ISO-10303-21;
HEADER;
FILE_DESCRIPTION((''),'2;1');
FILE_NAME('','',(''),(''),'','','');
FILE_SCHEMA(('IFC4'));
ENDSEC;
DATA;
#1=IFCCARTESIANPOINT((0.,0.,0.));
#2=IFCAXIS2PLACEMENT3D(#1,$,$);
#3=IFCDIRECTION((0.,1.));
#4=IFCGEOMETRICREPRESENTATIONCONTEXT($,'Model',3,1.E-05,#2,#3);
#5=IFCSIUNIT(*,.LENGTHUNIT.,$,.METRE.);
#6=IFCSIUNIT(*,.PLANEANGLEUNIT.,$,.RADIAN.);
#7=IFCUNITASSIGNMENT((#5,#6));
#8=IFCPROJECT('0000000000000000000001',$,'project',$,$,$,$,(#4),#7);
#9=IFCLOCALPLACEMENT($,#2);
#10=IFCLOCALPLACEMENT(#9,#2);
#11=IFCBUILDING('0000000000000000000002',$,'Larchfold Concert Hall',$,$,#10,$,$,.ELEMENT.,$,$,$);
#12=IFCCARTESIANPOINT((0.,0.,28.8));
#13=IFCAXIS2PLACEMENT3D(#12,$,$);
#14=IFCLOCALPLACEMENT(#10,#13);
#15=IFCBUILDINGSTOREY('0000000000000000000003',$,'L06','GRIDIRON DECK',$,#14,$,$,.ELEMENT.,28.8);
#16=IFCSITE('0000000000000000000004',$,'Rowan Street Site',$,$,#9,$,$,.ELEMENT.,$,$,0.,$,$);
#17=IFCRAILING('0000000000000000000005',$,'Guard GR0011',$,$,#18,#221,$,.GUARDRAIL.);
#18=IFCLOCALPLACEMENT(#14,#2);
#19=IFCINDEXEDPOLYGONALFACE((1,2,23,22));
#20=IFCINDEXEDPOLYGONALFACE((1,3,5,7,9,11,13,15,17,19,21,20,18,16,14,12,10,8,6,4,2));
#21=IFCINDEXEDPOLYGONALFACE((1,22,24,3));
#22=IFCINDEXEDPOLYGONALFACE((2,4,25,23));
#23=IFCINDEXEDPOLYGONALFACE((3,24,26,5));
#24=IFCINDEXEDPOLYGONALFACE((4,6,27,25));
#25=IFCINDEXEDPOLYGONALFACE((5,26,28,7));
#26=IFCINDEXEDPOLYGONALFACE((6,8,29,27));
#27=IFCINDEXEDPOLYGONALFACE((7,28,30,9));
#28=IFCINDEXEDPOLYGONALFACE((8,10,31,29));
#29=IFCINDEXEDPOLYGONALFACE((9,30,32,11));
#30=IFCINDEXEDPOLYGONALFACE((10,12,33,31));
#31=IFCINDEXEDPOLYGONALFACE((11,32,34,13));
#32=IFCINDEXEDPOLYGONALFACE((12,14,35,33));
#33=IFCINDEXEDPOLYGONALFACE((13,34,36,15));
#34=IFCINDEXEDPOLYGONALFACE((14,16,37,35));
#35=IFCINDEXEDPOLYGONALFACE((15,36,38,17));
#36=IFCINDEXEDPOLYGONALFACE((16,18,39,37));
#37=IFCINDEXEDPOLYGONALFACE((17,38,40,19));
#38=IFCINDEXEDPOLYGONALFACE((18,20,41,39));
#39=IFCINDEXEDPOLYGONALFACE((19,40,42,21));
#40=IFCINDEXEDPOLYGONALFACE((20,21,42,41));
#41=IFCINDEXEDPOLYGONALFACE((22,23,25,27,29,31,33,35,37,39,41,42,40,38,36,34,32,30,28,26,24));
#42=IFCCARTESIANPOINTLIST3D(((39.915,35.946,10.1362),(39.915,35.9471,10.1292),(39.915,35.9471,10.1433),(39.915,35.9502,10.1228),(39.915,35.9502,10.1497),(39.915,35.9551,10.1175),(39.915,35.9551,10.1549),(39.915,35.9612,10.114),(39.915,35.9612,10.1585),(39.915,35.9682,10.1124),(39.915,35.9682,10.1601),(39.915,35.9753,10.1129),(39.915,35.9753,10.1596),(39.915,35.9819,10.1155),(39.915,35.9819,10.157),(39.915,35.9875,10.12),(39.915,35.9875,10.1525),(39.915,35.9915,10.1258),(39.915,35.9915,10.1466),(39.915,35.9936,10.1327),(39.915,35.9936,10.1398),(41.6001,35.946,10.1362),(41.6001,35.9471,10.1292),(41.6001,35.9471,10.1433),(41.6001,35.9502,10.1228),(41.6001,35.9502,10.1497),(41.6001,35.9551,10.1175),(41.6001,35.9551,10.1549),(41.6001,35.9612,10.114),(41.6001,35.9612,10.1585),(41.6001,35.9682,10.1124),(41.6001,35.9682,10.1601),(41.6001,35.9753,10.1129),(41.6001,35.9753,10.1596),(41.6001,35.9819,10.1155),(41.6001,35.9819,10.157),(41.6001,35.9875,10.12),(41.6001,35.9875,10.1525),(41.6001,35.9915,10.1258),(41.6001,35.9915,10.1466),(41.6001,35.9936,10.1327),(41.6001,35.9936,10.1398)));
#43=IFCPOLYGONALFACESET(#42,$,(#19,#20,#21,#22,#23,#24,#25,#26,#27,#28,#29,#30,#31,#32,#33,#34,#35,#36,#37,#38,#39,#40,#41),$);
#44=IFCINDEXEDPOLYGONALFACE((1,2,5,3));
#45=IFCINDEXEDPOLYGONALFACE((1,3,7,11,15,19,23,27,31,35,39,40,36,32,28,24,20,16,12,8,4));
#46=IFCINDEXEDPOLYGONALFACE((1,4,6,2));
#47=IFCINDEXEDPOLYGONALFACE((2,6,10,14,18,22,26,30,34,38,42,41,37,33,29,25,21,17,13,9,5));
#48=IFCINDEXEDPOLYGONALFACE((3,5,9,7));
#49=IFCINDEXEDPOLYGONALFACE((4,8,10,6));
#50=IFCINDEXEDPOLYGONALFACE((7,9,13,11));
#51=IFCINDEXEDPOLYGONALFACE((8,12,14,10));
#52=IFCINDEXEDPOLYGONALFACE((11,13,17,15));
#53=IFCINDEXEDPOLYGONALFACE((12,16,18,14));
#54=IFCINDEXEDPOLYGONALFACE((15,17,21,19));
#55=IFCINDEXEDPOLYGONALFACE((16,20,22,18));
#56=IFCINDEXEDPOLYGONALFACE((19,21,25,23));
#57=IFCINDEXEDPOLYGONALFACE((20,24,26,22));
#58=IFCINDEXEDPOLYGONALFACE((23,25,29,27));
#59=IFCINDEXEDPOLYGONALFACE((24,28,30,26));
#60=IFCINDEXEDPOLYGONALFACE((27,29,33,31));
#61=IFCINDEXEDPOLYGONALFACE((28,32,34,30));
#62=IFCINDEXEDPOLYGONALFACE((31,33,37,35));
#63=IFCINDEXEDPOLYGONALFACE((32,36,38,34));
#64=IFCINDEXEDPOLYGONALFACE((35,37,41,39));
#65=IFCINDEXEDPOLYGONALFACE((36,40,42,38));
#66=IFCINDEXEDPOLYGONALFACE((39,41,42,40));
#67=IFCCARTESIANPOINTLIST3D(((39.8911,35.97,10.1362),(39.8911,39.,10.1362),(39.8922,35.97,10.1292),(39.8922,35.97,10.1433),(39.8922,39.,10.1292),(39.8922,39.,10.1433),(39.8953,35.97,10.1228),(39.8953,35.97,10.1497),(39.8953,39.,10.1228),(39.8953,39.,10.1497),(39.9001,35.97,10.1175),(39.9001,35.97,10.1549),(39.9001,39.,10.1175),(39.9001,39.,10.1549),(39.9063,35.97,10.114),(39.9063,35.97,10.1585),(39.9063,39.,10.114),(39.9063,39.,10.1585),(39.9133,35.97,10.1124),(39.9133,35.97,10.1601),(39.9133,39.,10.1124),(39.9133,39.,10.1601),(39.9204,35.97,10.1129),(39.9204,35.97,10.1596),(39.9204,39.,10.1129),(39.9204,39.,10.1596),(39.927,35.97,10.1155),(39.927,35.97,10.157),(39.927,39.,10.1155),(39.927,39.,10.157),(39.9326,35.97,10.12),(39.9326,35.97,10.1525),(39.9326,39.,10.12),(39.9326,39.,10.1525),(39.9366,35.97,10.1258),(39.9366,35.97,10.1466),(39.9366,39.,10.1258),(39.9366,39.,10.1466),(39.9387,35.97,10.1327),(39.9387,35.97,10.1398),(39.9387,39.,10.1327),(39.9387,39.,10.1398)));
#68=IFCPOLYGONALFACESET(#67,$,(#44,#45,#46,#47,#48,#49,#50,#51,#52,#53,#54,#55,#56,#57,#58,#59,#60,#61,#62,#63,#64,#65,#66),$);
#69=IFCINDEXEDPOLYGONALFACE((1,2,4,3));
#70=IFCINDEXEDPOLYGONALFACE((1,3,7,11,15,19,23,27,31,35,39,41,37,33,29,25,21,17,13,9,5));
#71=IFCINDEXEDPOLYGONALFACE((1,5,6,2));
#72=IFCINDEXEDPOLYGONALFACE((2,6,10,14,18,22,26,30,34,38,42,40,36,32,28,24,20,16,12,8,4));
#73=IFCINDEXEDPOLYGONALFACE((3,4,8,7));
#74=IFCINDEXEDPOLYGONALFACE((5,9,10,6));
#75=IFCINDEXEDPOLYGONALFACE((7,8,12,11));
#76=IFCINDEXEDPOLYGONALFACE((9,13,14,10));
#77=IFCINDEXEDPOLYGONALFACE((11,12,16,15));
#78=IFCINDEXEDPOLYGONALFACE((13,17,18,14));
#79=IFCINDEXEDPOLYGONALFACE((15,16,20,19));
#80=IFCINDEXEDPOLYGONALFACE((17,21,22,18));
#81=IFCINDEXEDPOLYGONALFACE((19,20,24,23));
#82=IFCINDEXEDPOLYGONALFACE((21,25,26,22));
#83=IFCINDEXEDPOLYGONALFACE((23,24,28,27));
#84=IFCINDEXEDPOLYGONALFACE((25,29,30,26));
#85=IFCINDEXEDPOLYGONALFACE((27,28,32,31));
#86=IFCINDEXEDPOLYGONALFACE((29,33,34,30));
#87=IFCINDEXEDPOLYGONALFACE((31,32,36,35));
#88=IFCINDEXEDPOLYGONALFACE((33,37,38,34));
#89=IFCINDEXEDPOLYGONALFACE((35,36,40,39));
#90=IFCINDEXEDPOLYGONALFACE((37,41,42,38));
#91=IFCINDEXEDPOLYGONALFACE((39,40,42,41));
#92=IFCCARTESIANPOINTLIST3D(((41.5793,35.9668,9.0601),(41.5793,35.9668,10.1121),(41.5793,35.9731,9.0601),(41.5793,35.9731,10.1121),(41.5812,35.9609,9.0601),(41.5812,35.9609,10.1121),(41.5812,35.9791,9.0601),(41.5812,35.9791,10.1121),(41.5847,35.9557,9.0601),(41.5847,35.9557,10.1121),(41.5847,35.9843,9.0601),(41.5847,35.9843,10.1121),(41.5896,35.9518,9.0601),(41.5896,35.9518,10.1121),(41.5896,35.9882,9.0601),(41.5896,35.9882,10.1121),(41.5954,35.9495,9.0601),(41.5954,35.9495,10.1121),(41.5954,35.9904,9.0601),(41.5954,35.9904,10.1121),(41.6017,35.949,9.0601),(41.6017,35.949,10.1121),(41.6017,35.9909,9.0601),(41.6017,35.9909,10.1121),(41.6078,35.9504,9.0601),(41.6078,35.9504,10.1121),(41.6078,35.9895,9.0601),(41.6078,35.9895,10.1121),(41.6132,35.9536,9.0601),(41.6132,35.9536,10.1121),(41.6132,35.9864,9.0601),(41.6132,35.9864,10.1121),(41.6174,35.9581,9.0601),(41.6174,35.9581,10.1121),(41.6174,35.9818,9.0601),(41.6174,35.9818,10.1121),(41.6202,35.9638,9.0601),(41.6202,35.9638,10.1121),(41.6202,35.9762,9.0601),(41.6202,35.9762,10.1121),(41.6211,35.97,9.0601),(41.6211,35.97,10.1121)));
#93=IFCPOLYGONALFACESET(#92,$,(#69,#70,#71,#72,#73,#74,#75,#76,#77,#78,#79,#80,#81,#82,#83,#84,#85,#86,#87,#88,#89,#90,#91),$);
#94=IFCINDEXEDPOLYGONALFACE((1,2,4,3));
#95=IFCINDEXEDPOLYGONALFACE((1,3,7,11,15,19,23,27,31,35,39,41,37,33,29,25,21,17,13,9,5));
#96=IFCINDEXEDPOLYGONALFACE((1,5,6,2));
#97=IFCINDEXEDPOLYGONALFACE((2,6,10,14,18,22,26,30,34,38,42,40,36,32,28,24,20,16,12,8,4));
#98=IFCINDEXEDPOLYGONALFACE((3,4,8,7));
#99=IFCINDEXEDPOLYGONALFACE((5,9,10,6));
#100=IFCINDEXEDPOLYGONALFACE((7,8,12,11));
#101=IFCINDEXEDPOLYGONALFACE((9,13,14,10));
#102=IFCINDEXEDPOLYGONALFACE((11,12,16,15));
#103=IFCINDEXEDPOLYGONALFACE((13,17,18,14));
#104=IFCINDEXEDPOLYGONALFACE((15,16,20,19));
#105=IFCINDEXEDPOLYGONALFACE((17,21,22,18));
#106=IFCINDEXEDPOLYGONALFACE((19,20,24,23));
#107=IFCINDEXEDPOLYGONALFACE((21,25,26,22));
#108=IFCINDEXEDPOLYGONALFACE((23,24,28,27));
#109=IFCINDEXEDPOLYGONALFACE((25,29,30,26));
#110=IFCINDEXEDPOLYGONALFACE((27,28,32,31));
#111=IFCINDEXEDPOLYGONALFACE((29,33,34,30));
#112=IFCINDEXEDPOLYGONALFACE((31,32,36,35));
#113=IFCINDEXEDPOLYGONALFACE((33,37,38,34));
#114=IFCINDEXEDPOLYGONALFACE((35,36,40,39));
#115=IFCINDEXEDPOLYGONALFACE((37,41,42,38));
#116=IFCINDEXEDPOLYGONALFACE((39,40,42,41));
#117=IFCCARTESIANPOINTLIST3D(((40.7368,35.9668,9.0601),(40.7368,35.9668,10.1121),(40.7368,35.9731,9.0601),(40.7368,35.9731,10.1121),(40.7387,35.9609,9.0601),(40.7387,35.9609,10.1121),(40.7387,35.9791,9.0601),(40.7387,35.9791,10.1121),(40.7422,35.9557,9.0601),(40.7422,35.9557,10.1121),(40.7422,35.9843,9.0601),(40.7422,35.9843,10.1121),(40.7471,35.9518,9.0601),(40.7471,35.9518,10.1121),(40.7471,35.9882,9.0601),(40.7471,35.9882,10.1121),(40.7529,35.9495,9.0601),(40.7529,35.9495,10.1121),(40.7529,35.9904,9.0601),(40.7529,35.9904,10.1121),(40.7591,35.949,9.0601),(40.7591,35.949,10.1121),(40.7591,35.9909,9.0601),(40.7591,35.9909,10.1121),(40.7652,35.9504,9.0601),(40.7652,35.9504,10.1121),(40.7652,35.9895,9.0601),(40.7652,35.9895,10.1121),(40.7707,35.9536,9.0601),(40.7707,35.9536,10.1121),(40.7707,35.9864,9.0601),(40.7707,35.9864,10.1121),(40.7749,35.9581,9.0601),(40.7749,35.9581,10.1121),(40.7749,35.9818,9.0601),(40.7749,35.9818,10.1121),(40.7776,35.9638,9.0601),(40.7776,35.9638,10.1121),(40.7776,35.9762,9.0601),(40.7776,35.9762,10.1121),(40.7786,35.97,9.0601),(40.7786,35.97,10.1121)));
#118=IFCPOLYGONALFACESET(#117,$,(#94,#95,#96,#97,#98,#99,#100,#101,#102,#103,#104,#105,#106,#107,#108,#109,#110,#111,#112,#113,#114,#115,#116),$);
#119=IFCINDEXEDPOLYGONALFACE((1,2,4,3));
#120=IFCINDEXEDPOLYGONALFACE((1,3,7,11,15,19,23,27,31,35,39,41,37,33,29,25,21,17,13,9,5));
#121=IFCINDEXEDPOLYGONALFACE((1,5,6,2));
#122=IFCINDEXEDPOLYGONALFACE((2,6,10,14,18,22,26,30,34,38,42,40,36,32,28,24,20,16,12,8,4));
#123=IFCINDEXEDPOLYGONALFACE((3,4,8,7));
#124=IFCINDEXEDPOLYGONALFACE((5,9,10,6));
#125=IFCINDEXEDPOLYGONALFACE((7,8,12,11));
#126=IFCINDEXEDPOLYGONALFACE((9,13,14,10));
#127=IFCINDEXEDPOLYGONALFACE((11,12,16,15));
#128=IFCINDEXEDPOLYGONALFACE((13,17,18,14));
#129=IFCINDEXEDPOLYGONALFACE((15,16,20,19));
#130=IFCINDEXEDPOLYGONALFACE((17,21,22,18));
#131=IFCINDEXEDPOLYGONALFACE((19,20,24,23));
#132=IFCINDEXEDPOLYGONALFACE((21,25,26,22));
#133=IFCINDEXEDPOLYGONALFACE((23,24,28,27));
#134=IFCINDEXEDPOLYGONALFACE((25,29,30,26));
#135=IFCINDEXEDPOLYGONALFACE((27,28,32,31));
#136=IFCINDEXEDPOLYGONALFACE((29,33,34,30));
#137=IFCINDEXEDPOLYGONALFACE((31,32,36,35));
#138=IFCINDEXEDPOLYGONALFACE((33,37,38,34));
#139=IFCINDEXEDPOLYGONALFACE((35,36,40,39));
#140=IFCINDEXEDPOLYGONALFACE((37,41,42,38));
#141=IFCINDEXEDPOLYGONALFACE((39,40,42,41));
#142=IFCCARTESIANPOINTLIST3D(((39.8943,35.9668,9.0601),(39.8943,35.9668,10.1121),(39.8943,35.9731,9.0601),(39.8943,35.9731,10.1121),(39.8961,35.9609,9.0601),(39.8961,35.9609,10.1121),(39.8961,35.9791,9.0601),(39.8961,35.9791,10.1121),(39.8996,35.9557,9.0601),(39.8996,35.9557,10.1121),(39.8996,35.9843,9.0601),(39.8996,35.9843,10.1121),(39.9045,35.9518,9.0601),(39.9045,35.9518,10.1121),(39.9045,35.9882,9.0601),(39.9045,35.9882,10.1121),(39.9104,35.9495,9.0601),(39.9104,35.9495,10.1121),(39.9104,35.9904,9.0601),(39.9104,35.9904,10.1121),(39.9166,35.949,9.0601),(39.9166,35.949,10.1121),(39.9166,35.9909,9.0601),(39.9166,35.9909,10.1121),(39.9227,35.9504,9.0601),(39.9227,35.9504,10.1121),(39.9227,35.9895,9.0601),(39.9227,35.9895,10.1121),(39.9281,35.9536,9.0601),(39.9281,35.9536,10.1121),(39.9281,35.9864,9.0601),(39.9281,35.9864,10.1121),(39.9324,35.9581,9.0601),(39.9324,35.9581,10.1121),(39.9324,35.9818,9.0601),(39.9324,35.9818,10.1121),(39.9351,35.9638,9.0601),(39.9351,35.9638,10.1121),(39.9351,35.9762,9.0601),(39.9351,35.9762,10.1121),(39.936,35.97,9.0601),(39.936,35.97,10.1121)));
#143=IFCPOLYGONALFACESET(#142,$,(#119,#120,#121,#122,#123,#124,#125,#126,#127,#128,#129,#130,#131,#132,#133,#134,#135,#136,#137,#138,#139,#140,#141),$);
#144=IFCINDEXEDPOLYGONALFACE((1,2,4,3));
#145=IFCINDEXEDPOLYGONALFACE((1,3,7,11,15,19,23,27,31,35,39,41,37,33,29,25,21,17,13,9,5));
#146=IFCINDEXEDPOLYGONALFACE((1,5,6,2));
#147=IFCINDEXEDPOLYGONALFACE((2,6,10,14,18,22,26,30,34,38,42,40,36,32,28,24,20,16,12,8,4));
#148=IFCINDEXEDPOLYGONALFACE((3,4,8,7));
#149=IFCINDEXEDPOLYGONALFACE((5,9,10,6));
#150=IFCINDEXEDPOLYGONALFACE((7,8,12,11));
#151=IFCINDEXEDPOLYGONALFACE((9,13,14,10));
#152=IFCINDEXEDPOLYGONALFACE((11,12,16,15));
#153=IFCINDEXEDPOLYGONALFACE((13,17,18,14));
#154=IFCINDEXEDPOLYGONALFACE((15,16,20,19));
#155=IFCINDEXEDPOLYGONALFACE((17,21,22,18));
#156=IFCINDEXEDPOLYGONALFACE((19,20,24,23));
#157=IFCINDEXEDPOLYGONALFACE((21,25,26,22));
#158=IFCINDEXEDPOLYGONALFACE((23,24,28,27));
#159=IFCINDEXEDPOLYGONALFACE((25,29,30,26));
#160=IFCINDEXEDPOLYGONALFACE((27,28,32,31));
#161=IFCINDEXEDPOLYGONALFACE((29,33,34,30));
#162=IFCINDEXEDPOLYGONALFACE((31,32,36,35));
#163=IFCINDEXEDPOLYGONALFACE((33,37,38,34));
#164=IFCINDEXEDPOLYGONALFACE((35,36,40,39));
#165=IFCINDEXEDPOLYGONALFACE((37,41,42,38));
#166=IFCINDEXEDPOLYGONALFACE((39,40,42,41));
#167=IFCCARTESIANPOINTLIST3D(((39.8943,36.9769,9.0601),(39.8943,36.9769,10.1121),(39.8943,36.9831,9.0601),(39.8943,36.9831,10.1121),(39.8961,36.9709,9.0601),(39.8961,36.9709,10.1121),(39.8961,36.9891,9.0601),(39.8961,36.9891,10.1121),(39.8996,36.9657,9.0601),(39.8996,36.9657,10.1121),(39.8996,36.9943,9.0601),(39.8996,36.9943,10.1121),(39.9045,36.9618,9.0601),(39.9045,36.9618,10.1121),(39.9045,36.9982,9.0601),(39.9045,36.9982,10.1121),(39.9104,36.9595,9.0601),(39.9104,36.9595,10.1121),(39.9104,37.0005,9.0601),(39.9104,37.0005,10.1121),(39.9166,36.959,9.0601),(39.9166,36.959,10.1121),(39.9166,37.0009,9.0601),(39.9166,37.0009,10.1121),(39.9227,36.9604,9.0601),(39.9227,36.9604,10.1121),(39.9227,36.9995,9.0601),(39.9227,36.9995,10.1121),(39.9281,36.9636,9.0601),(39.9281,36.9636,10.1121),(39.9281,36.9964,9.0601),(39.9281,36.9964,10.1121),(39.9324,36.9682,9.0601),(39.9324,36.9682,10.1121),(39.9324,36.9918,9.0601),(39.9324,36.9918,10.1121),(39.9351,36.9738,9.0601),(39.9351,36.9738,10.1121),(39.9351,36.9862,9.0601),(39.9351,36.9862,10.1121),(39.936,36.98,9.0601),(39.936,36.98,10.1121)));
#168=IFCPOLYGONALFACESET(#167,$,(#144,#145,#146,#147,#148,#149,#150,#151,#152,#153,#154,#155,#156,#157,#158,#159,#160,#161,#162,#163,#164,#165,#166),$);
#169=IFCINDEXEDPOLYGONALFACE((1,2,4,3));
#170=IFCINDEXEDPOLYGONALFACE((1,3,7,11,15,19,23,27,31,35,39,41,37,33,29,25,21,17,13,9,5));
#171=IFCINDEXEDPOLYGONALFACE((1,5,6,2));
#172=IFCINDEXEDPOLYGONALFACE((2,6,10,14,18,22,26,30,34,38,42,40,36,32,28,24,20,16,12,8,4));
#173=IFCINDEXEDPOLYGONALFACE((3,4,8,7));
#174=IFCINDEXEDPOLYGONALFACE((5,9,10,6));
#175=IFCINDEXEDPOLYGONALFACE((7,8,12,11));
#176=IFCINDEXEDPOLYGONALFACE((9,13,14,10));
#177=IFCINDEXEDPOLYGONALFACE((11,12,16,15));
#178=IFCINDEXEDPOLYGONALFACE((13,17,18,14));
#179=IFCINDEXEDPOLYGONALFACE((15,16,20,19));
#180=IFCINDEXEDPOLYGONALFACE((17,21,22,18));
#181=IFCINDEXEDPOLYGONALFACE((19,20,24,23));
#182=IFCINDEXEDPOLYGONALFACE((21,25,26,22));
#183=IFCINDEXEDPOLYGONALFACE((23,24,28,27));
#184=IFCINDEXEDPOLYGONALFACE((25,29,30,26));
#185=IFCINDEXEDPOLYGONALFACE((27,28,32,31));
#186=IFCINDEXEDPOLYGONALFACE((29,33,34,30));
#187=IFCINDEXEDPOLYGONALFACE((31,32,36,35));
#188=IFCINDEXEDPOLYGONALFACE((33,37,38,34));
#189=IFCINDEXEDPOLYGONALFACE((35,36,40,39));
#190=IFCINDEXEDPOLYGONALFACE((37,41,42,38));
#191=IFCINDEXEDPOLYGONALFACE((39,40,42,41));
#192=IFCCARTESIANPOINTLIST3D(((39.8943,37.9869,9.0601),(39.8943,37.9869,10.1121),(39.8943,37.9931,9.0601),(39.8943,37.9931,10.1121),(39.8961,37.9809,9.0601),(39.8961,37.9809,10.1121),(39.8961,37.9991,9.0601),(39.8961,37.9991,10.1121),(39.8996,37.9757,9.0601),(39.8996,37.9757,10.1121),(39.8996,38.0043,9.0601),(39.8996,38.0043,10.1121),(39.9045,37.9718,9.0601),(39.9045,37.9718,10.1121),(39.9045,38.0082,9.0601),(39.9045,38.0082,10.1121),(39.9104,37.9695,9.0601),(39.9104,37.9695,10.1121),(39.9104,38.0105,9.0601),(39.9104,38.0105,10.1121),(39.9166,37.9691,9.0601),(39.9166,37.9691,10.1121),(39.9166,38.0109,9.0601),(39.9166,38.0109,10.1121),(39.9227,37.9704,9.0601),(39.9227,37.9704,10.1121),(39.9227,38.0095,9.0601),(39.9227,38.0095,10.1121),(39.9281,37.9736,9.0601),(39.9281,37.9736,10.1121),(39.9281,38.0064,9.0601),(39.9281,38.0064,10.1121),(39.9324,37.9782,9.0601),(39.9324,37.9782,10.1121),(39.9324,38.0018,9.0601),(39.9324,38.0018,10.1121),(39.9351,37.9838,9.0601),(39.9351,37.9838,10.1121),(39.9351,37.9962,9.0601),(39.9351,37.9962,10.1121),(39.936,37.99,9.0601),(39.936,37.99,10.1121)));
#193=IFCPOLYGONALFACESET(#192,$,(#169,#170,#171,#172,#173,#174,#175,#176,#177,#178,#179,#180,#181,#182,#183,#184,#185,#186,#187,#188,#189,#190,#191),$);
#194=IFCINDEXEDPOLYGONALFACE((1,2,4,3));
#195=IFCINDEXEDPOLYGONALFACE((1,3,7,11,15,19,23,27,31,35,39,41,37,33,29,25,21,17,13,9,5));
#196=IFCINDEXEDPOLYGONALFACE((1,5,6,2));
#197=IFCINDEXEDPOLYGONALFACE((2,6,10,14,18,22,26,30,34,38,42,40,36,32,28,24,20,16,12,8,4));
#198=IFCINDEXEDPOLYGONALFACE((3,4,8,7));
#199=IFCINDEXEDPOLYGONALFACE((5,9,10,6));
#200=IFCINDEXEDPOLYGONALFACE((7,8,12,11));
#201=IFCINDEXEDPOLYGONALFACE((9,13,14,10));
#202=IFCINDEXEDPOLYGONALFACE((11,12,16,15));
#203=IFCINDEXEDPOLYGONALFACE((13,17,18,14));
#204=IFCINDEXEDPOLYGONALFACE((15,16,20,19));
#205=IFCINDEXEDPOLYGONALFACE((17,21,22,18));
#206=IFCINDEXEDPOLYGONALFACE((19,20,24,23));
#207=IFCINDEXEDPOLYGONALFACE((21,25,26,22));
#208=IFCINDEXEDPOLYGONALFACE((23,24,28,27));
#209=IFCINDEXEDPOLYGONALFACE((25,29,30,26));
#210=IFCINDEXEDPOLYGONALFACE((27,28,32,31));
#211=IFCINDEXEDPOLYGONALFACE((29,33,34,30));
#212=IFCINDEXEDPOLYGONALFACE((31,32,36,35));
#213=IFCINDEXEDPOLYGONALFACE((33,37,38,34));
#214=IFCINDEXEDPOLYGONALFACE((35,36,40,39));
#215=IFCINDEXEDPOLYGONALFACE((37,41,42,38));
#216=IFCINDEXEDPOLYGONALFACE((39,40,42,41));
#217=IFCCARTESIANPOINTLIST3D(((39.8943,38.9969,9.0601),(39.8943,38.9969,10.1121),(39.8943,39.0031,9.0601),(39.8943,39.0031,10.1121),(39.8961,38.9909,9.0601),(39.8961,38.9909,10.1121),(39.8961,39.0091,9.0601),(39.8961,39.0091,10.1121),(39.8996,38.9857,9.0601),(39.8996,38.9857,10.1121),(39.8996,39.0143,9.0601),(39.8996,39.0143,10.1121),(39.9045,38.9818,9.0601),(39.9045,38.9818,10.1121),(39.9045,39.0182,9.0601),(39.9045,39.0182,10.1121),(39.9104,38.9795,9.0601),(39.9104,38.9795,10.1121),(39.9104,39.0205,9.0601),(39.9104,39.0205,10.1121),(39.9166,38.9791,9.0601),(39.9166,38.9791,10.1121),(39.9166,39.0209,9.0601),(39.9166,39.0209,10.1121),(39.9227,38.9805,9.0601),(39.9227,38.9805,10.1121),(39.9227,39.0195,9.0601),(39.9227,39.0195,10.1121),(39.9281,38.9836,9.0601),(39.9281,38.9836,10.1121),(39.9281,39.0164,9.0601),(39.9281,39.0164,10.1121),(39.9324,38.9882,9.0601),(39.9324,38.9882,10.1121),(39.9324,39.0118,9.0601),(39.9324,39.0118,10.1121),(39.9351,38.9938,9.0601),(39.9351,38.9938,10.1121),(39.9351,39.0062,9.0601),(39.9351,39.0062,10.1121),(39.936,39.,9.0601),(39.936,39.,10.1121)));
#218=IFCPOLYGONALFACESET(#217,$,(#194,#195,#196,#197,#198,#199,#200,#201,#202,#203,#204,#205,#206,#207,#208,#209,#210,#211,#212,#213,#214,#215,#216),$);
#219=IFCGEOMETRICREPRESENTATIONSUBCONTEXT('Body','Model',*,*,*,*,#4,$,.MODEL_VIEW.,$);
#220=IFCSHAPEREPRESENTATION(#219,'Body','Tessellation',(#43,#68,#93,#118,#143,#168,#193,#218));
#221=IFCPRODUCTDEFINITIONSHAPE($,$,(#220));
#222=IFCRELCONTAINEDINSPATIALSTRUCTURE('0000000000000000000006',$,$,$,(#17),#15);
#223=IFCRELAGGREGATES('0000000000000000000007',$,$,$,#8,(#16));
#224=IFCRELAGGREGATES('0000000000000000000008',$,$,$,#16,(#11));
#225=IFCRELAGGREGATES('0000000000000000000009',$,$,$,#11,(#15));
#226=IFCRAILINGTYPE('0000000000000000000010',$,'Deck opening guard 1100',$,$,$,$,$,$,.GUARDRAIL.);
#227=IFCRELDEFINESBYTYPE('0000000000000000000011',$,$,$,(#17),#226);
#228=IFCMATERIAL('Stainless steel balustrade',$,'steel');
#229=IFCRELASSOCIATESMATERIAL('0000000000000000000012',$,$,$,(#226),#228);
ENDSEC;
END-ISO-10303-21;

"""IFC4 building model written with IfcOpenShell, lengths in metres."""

from ifc_helpers import new_model, si_unit, direction, frame, origin, origin_2d, place, context, subcontext, project, spatial, circle, extrude, material, type_object, element, save


model = new_model("IFC4")

# Units and contexts
model_context = context("Model", 3, precision=1e-05, world=origin(), true_north=direction((0.0, 1.0)))
body_context = subcontext(model_context, "Body", "Model", "MODEL_VIEW")
ifc_project = project(units=[si_unit("LENGTHUNIT", "METRE"), si_unit("PLANEANGLEUNIT", "RADIAN")], contexts=[model_context])

# Site, building, storey
site_placement = place(None, origin())
site = spatial("IfcSite", under=ifc_project, at=site_placement, Name="Rowan Street Site", CompositionType="ELEMENT", RefElevation=0.0)
building_placement = place(site_placement, origin())
building = spatial("IfcBuilding", under=site, at=building_placement, Name="Larchfold Concert Hall", CompositionType="ELEMENT")
storey_placement = place(building_placement, frame((0.0, 0.0, 28.8)))
storey = spatial("IfcBuildingStorey", under=building, at=storey_placement, Name="L06", Description="GRIDIRON DECK", CompositionType="ELEMENT", Elevation=28.8)

# Railing
ifc_material_1 = material(Name="Stainless steel balustrade", Category="steel")
railing_type_1 = type_object("IfcRailingType", Name="Deck opening guard 1100", PredefinedType="GUARDRAIL", material=ifc_material_1)
railing_1_placement = place(storey_placement, frame((41.6001, 35.97, 9.0601)))
element("IfcRailing", 1, at=railing_1_placement, inside=storey, type_object=railing_type_1, Name="Guard GR0011", PredefinedType="GUARDRAIL", context=body_context, shape_type="SweptSolid", body=[
    extrude(circle(Radius=0.0239, at=origin_2d()), frame((0.0, 0.0, 1.0762), z_axis=(-1.0, 0.0, 0.0), x_axis=(0.0, -1.0, 0.0)), (0.0, 0.0, 1.0), 1.6851),
    extrude(circle(Radius=0.0239, at=origin_2d()), frame((-1.6851, 0.0, 1.0762), z_axis=(0.0, 1.0, 0.0), x_axis=(-1.0, 0.0, 0.0)), (0.0, 0.0, 1.0), 3.03),
    extrude(circle(Radius=0.021, at=origin_2d()), origin(), (0.0, 0.0, 1.0), 1.052),
    extrude(circle(Radius=0.021, at=origin_2d()), frame((-0.8425, 0.0, 0.0)), (0.0, 0.0, 1.0), 1.052),
    extrude(circle(Radius=0.021, at=origin_2d()), frame((-1.6851, 0.0, 0.0)), (0.0, 0.0, 1.0), 1.052),
    extrude(circle(Radius=0.021, at=origin_2d()), frame((-1.6851, 1.01, 0.0)), (0.0, 0.0, 1.0), 1.052),
    extrude(circle(Radius=0.021, at=origin_2d()), frame((-1.6851, 2.02, 0.0)), (0.0, 0.0, 1.0), 1.052),
    extrude(circle(Radius=0.021, at=origin_2d()), frame((-1.6851, 3.03, 0.0)), (0.0, 0.0, 1.0), 1.052),
])

save(model, "model.ifc")
